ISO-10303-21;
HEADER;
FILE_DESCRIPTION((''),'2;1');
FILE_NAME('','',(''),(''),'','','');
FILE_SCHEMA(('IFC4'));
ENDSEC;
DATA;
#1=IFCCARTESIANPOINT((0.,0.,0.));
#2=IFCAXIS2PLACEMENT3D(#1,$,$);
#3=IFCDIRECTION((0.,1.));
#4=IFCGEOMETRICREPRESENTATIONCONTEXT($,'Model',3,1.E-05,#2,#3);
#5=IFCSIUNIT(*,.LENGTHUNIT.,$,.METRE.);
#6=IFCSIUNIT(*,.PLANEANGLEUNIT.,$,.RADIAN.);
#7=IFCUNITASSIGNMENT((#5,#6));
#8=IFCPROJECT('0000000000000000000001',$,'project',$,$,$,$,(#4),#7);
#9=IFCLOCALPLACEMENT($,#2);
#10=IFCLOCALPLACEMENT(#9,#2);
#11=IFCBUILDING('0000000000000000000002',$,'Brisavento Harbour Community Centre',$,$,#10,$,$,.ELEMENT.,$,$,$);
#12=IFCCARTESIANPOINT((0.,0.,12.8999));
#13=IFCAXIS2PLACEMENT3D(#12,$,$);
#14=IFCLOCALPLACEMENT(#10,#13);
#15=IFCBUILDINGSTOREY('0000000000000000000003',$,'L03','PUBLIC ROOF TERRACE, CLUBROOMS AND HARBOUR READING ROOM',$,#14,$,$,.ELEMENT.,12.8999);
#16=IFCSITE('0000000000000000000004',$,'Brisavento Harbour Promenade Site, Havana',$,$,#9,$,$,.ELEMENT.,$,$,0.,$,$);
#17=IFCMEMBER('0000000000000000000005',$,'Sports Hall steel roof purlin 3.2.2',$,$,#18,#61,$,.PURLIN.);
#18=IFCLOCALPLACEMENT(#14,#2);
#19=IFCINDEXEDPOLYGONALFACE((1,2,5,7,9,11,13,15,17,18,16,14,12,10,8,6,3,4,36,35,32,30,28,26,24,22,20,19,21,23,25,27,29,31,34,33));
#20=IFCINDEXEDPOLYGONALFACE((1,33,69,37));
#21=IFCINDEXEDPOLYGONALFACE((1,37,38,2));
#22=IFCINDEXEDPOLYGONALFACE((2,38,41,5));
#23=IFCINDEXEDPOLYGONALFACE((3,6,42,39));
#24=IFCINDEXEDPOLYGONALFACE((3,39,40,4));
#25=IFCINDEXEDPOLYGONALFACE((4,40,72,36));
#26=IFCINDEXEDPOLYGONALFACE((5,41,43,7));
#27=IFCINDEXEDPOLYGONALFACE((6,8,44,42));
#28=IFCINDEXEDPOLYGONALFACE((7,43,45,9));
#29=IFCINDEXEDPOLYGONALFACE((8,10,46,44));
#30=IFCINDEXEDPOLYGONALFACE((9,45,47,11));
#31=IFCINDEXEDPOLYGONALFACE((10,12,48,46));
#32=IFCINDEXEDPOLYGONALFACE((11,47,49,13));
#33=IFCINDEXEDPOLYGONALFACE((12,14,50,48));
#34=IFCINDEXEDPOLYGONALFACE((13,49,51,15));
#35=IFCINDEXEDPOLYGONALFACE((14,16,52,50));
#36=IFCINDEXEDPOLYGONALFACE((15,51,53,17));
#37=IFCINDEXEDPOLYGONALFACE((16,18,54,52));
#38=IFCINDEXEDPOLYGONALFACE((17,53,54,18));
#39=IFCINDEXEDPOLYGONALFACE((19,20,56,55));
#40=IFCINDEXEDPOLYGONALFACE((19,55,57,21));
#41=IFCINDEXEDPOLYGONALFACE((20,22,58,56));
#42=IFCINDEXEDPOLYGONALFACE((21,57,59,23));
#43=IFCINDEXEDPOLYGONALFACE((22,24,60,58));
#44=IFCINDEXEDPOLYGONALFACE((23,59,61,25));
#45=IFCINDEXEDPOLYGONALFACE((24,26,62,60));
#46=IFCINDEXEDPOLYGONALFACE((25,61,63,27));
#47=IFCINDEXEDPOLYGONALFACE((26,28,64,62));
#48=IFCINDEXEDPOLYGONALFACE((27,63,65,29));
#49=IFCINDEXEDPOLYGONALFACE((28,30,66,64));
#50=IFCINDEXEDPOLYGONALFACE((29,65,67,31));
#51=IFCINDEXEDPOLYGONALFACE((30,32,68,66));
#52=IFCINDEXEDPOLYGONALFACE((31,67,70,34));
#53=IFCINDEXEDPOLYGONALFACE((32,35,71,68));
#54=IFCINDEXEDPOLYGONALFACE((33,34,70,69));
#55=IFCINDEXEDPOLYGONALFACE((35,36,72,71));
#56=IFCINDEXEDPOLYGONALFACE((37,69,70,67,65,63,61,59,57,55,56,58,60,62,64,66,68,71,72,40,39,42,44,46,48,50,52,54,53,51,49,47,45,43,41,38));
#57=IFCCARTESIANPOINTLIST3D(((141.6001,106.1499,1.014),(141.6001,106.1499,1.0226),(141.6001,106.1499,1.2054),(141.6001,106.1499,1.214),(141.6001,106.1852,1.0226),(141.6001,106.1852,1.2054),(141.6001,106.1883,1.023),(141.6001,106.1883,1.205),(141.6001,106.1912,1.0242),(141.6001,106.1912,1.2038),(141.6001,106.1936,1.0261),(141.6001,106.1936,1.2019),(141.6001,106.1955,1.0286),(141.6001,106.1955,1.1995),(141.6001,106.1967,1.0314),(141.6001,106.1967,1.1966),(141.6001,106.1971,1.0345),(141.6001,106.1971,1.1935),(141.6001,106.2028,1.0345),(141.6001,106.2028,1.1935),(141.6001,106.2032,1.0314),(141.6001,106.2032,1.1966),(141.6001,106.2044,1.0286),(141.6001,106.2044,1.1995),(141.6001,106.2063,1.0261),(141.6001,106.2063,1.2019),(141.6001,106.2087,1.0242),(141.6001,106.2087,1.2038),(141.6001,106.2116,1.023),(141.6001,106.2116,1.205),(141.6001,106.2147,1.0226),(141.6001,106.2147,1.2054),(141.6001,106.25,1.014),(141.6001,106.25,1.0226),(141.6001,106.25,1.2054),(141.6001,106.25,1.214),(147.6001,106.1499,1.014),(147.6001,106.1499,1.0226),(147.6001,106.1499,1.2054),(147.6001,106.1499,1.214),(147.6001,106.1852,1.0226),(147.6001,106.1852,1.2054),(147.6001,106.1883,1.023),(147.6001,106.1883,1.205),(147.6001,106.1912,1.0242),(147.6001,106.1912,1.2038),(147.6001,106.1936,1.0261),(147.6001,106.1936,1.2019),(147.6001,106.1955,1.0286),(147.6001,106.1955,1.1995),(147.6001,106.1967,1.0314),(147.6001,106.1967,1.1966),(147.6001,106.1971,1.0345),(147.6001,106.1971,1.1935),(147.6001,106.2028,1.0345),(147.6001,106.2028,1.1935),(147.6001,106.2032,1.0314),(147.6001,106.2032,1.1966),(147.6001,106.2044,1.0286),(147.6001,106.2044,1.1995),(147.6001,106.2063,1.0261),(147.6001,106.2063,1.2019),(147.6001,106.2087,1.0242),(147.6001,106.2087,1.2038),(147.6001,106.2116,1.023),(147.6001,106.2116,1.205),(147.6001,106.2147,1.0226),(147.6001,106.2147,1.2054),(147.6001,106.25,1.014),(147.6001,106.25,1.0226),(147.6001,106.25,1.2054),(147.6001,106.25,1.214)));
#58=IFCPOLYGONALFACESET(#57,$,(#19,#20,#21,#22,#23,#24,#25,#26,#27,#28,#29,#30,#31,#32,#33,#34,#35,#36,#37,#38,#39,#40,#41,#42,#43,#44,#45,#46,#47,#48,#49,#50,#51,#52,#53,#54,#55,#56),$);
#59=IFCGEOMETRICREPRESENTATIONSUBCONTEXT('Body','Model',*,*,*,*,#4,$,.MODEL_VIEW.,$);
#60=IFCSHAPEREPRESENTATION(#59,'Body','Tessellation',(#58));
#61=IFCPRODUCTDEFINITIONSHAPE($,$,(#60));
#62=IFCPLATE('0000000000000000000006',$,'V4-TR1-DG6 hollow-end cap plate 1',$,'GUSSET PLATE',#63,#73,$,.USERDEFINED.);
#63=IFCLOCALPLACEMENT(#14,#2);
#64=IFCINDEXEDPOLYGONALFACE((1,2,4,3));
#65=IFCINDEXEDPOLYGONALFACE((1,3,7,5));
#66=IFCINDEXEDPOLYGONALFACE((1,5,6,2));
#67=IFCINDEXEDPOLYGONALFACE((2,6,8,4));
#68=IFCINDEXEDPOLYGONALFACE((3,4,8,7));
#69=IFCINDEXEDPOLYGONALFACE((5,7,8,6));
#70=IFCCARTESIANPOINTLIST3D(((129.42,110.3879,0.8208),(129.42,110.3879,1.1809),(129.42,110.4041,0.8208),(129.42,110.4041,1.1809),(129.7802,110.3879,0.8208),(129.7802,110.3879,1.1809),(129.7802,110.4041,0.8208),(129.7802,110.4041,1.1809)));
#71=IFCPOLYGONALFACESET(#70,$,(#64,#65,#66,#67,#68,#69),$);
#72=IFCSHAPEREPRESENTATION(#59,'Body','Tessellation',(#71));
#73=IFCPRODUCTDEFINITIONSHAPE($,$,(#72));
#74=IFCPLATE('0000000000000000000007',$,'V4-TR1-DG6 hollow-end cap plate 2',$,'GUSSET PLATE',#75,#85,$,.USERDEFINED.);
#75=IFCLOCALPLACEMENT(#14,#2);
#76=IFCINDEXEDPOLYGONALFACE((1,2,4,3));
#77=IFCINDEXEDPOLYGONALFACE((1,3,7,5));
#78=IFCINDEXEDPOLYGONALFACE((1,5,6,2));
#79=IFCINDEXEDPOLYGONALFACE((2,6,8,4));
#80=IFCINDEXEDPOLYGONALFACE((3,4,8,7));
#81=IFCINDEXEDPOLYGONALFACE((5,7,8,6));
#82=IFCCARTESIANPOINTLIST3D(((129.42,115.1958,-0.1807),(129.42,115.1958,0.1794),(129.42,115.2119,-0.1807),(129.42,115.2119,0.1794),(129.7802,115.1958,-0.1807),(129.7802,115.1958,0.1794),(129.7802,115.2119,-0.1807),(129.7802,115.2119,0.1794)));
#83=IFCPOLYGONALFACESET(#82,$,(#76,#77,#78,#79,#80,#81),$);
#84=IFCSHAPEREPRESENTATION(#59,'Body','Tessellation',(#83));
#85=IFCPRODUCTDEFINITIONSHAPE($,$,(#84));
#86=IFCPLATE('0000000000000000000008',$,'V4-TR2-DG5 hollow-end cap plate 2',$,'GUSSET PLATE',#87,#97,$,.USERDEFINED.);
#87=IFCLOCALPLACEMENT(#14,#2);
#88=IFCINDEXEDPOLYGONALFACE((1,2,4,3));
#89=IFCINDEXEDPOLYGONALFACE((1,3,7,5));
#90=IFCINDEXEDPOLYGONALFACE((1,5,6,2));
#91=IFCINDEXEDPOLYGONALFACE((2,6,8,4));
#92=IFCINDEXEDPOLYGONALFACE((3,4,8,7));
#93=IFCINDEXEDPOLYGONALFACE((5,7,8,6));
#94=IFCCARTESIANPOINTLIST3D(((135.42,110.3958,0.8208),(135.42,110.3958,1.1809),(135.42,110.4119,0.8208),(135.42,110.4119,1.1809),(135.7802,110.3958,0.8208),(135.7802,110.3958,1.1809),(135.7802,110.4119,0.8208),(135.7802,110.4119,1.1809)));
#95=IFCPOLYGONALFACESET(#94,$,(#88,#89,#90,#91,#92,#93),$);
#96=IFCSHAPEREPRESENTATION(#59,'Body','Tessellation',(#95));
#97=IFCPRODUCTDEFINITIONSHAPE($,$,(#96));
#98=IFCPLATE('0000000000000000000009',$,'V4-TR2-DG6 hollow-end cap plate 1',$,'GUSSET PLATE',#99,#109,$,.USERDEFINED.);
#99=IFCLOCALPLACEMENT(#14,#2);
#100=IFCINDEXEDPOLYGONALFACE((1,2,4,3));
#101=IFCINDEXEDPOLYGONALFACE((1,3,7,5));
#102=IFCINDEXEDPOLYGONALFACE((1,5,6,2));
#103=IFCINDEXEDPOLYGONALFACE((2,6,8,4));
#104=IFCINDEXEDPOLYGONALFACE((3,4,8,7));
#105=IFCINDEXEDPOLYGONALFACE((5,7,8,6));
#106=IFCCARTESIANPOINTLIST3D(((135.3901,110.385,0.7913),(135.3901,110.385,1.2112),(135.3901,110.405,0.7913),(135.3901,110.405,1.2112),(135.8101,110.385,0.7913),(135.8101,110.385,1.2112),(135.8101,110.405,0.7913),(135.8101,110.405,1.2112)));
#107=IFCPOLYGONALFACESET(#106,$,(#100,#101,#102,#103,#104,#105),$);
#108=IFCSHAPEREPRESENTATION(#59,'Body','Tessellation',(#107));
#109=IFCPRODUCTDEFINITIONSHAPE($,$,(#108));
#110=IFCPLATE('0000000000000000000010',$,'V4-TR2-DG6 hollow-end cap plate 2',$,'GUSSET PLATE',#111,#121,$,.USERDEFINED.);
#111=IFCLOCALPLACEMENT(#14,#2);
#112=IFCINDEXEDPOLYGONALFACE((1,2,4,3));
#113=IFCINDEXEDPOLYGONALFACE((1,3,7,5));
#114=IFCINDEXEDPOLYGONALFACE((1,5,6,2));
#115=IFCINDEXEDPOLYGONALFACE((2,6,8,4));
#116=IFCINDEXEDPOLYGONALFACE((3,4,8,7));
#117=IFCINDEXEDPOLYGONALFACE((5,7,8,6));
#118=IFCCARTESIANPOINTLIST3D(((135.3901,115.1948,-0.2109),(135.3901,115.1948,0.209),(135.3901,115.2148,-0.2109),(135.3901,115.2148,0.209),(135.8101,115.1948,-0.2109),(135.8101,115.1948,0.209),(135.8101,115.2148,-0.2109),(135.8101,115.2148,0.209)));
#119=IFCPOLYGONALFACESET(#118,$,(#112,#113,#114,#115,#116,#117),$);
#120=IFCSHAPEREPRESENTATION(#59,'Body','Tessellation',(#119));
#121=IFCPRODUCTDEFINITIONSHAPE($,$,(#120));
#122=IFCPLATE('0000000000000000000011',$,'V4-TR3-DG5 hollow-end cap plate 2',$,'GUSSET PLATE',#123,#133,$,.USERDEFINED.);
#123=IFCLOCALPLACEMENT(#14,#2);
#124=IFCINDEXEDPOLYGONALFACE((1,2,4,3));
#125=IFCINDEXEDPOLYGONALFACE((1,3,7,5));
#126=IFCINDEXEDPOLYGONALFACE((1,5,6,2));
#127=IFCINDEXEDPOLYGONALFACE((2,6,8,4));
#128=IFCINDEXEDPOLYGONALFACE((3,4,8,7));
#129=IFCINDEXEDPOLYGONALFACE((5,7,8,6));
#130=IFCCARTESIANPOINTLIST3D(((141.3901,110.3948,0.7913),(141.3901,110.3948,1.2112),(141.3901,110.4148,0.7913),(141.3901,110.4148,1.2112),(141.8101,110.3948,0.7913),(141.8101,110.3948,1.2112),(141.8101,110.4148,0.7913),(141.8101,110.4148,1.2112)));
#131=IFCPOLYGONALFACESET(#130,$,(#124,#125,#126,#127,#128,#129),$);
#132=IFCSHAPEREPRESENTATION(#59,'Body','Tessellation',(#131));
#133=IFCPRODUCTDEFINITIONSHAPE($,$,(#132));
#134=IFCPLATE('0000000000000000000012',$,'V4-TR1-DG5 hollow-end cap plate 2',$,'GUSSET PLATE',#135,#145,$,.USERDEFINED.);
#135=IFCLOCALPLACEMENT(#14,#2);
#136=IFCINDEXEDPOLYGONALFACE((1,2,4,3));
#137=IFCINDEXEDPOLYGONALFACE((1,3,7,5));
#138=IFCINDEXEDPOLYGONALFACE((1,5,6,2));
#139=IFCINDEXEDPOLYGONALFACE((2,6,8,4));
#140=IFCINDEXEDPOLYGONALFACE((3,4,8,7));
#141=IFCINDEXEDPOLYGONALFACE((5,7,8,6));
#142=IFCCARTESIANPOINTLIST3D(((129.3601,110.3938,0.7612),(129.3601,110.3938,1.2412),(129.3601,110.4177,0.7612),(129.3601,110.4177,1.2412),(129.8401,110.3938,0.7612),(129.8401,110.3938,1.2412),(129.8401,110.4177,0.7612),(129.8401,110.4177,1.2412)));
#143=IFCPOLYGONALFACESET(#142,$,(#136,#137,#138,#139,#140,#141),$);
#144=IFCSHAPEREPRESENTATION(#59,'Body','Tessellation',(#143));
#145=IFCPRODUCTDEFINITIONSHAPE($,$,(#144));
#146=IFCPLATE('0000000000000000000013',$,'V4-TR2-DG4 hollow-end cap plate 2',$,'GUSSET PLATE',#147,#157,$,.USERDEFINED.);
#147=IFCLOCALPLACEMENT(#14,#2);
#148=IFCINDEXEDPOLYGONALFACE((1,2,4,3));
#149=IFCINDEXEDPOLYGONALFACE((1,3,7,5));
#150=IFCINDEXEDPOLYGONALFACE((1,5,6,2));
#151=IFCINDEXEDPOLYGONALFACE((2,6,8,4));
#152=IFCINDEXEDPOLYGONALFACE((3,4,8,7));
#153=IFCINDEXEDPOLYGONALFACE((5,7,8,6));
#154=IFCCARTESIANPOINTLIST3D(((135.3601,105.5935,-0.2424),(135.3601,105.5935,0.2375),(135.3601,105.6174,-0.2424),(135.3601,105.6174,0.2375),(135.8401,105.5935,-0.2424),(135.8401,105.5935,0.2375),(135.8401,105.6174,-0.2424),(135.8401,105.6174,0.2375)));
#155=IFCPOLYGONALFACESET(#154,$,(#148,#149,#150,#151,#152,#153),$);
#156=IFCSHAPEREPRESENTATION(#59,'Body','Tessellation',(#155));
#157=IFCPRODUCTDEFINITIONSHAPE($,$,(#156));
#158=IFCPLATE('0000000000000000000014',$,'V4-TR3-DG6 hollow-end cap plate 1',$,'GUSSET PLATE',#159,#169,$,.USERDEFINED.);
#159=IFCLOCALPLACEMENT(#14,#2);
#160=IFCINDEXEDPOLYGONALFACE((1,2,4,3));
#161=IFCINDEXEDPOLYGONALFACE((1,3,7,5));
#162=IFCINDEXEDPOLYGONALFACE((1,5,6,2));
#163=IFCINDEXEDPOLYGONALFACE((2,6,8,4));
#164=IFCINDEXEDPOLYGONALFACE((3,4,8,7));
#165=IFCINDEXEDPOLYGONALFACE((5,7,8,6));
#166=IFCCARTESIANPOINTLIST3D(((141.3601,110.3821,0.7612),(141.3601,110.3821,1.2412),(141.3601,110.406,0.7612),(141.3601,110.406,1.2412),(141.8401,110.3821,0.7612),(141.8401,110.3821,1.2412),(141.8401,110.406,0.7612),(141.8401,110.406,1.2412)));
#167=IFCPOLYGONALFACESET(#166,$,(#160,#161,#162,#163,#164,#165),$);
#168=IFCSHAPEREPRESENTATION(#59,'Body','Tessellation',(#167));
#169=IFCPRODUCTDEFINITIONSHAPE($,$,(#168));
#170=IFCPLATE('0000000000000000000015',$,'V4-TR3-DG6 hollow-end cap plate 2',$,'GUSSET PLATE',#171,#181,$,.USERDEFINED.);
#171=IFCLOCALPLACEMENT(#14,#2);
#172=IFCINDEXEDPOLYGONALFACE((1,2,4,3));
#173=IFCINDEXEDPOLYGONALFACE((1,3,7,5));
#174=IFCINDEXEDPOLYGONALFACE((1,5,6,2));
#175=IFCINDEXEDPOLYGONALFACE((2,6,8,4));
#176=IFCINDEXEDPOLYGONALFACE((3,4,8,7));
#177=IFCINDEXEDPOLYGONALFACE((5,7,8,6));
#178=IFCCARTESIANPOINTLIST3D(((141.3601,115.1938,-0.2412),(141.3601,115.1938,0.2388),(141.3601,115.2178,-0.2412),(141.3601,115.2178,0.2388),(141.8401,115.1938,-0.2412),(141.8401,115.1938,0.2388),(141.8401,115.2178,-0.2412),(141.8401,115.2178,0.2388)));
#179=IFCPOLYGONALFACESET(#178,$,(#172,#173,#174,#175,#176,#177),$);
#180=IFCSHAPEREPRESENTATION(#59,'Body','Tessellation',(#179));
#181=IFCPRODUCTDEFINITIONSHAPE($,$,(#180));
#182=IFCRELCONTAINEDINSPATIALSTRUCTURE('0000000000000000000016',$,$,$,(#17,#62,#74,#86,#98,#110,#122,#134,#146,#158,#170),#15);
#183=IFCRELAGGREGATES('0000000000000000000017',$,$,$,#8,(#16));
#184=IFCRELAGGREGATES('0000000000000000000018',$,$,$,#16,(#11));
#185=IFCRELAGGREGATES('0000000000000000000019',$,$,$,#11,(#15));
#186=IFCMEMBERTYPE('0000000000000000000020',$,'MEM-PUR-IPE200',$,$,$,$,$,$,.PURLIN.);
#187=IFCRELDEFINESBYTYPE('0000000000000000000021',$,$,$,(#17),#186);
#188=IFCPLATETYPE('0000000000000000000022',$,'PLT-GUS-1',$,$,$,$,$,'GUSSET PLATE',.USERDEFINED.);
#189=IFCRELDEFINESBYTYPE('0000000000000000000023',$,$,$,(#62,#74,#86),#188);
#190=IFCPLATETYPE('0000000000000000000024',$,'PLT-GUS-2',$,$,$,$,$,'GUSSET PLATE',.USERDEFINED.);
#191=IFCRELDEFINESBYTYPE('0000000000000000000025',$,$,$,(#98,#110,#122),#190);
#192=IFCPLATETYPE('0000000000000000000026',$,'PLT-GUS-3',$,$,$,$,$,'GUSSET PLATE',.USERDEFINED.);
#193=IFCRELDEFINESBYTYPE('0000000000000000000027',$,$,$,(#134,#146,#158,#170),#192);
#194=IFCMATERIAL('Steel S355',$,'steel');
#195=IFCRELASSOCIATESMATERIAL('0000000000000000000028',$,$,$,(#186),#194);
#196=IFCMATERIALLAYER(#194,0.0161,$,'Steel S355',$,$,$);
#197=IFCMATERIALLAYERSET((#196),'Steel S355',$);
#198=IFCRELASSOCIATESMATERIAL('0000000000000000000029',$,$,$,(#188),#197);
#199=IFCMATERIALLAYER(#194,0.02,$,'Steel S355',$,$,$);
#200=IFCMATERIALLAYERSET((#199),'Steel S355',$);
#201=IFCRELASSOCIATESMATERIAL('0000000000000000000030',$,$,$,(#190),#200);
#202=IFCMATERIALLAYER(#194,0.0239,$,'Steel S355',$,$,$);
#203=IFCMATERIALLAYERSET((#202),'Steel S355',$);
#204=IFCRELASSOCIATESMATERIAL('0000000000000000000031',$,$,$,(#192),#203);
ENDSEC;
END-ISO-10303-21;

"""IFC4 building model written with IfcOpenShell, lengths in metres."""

from ifc_helpers import new_model, si_unit, direction, frame, origin, origin_2d, place, context, subcontext, project, spatial, rectangle, i_section, extrude, material, layer, layer_set, material_profile, profile_set, type_object, element, save


model = new_model("IFC4")

# Units and contexts
model_context = context("Model", 3, precision=1e-05, world=origin(), true_north=direction((0.0, 1.0)))
body_context = subcontext(model_context, "Body", "Model", "MODEL_VIEW")
ifc_project = project(units=[si_unit("LENGTHUNIT", "METRE"), si_unit("PLANEANGLEUNIT", "RADIAN")], contexts=[model_context])

# Site, building, storey
site_placement = place(None, origin())
site = spatial("IfcSite", under=ifc_project, at=site_placement, Name="Brisavento Harbour Promenade Site, Havana", CompositionType="ELEMENT", RefElevation=0.0)
building_placement = place(site_placement, origin())
building = spatial("IfcBuilding", under=site, at=building_placement, Name="Brisavento Harbour Community Centre", CompositionType="ELEMENT")
storey_placement = place(building_placement, frame((0.0, 0.0, 12.8999)))
storey = spatial("IfcBuildingStorey", under=building, at=storey_placement, Name="L03", Description="PUBLIC ROOF TERRACE, CLUBROOMS AND HARBOUR READING ROOM", CompositionType="ELEMENT", Elevation=12.8999)

# Member
ifc_material = material(Name="Steel S355", Category="steel")
ifc_material_profile_1 = material_profile(ifc_material, i_section(OverallWidth=0.1001, OverallDepth=0.2, WebThickness=0.0056, FlangeThickness=0.0085, FilletRadius=0.012, at=origin_2d()), Name="Steel S355")
ifc_profile_set_1 = profile_set([ifc_material_profile_1], Name="Steel S355")
member_type_1 = type_object("IfcMemberType", Name="MEM-PUR-IPE200", PredefinedType="PURLIN", material=ifc_profile_set_1)
for number, where, z_axis, x_axis, name in (
    (1, (141.6001, 106.2, 1.114), (1.0, 0.0, 0.0), (0.0, 1.0, 0.0), "Sports Hall steel roof purlin 3.2.2"),
):
    element("IfcMember", number, at=place(storey_placement, frame(where, z_axis=z_axis, x_axis=x_axis)), inside=storey, type_object=member_type_1, Name=name, PredefinedType="PURLIN", context=body_context, shape_type="SweptSolid", body=[
        extrude(i_section(OverallWidth=0.1001, OverallDepth=0.2, WebThickness=0.0056, FlangeThickness=0.0085, FilletRadius=0.012, at=origin_2d()), origin(), (0.0, 0.0, 1.0), 6.0),
    ])

# Plates
ifc_layer_1 = layer(ifc_material, 0.0161, Name="Steel S355")
ifc_layer_set_1 = layer_set([ifc_layer_1], Name="Steel S355")
plate_type_1 = type_object("IfcPlateType", Name="PLT-GUS-1", ElementType="GUSSET PLATE", PredefinedType="USERDEFINED", material=ifc_layer_set_1)
for number, where, z_axis, x_axis, name in (
    (2, (129.6001, 110.396, 0.8208), (0.0, 0.0, 1.0), (0.0, 1.0, 0.0), "V4-TR1-DG6 hollow-end cap plate 1"),
    (3, (129.6001, 115.2039, -0.1807), (0.0, 0.0, 1.0), (0.0, 1.0, 0.0), "V4-TR1-DG6 hollow-end cap plate 2"),
    (4, (135.6001, 110.4038, 0.8208), (0.0, 0.0, 1.0), (0.0, 1.0, 0.0), "V4-TR2-DG5 hollow-end cap plate 2"),
):
    element("IfcPlate", number, at=place(storey_placement, frame(where, z_axis=z_axis, x_axis=x_axis)), inside=storey, type_object=plate_type_1, Name=name, ObjectType="GUSSET PLATE", PredefinedType="USERDEFINED", context=body_context, shape_type="SweptSolid", body=[
        extrude(rectangle(XDim=0.0161, YDim=0.3601, at=origin_2d()), origin(), (0.0, 0.0, 1.0), 0.3601),
    ])
ifc_layer_2 = layer(ifc_material, 0.02, Name="Steel S355")
ifc_layer_set_2 = layer_set([ifc_layer_2], Name="Steel S355")
plate_type_2 = type_object("IfcPlateType", Name="PLT-GUS-2", ElementType="GUSSET PLATE", PredefinedType="USERDEFINED", material=ifc_layer_set_2)
for number, where, z_axis, x_axis, name in (
    (5, (135.6001, 110.395, 0.7913), (0.0, 0.0, 1.0), (0.0, 1.0, 0.0), "V4-TR2-DG6 hollow-end cap plate 1"),
    (6, (135.6001, 115.2048, -0.2109), (0.0, 0.0, 1.0), (0.0, 1.0, 0.0), "V4-TR2-DG6 hollow-end cap plate 2"),
    (7, (141.6001, 110.4048, 0.7913), (0.0, 0.0, 1.0), (0.0, 1.0, 0.0), "V4-TR3-DG5 hollow-end cap plate 2"),
):
    element("IfcPlate", number, at=place(storey_placement, frame(where, z_axis=z_axis, x_axis=x_axis)), inside=storey, type_object=plate_type_2, Name=name, ObjectType="GUSSET PLATE", PredefinedType="USERDEFINED", context=body_context, shape_type="SweptSolid", body=[
        extrude(rectangle(XDim=0.02, YDim=0.4199, at=origin_2d()), origin(), (0.0, 0.0, 1.0), 0.4199),
    ])
ifc_layer_3 = layer(ifc_material, 0.0239, Name="Steel S355")
ifc_layer_set_3 = layer_set([ifc_layer_3], Name="Steel S355")
plate_type_3 = type_object("IfcPlateType", Name="PLT-GUS-3", ElementType="GUSSET PLATE", PredefinedType="USERDEFINED", material=ifc_layer_set_3)
for number, where, z_axis, x_axis, name in (
    (8, (129.6001, 110.4058, 0.7612), (0.0, 0.0, 1.0), (0.0, 1.0, 0.0), "V4-TR1-DG5 hollow-end cap plate 2"),
    (9, (135.6001, 105.6055, -0.2424), (0.0, 0.0, 1.0), (0.0, 1.0, 0.0), "V4-TR2-DG4 hollow-end cap plate 2"),
    (10, (141.6001, 110.394, 0.7612), (0.0, 0.0, 1.0), (0.0, 1.0, 0.0), "V4-TR3-DG6 hollow-end cap plate 1"),
    (11, (141.6001, 115.2058, -0.2412), (0.0, 0.0, 1.0), (0.0, 1.0, 0.0), "V4-TR3-DG6 hollow-end cap plate 2"),
):
    element("IfcPlate", number, at=place(storey_placement, frame(where, z_axis=z_axis, x_axis=x_axis)), inside=storey, type_object=plate_type_3, Name=name, ObjectType="GUSSET PLATE", PredefinedType="USERDEFINED", context=body_context, shape_type="SweptSolid", body=[
        extrude(rectangle(XDim=0.0239, YDim=0.48, at=origin_2d()), origin(), (0.0, 0.0, 1.0), 0.48),
    ])

save(model, "model.ifc")
